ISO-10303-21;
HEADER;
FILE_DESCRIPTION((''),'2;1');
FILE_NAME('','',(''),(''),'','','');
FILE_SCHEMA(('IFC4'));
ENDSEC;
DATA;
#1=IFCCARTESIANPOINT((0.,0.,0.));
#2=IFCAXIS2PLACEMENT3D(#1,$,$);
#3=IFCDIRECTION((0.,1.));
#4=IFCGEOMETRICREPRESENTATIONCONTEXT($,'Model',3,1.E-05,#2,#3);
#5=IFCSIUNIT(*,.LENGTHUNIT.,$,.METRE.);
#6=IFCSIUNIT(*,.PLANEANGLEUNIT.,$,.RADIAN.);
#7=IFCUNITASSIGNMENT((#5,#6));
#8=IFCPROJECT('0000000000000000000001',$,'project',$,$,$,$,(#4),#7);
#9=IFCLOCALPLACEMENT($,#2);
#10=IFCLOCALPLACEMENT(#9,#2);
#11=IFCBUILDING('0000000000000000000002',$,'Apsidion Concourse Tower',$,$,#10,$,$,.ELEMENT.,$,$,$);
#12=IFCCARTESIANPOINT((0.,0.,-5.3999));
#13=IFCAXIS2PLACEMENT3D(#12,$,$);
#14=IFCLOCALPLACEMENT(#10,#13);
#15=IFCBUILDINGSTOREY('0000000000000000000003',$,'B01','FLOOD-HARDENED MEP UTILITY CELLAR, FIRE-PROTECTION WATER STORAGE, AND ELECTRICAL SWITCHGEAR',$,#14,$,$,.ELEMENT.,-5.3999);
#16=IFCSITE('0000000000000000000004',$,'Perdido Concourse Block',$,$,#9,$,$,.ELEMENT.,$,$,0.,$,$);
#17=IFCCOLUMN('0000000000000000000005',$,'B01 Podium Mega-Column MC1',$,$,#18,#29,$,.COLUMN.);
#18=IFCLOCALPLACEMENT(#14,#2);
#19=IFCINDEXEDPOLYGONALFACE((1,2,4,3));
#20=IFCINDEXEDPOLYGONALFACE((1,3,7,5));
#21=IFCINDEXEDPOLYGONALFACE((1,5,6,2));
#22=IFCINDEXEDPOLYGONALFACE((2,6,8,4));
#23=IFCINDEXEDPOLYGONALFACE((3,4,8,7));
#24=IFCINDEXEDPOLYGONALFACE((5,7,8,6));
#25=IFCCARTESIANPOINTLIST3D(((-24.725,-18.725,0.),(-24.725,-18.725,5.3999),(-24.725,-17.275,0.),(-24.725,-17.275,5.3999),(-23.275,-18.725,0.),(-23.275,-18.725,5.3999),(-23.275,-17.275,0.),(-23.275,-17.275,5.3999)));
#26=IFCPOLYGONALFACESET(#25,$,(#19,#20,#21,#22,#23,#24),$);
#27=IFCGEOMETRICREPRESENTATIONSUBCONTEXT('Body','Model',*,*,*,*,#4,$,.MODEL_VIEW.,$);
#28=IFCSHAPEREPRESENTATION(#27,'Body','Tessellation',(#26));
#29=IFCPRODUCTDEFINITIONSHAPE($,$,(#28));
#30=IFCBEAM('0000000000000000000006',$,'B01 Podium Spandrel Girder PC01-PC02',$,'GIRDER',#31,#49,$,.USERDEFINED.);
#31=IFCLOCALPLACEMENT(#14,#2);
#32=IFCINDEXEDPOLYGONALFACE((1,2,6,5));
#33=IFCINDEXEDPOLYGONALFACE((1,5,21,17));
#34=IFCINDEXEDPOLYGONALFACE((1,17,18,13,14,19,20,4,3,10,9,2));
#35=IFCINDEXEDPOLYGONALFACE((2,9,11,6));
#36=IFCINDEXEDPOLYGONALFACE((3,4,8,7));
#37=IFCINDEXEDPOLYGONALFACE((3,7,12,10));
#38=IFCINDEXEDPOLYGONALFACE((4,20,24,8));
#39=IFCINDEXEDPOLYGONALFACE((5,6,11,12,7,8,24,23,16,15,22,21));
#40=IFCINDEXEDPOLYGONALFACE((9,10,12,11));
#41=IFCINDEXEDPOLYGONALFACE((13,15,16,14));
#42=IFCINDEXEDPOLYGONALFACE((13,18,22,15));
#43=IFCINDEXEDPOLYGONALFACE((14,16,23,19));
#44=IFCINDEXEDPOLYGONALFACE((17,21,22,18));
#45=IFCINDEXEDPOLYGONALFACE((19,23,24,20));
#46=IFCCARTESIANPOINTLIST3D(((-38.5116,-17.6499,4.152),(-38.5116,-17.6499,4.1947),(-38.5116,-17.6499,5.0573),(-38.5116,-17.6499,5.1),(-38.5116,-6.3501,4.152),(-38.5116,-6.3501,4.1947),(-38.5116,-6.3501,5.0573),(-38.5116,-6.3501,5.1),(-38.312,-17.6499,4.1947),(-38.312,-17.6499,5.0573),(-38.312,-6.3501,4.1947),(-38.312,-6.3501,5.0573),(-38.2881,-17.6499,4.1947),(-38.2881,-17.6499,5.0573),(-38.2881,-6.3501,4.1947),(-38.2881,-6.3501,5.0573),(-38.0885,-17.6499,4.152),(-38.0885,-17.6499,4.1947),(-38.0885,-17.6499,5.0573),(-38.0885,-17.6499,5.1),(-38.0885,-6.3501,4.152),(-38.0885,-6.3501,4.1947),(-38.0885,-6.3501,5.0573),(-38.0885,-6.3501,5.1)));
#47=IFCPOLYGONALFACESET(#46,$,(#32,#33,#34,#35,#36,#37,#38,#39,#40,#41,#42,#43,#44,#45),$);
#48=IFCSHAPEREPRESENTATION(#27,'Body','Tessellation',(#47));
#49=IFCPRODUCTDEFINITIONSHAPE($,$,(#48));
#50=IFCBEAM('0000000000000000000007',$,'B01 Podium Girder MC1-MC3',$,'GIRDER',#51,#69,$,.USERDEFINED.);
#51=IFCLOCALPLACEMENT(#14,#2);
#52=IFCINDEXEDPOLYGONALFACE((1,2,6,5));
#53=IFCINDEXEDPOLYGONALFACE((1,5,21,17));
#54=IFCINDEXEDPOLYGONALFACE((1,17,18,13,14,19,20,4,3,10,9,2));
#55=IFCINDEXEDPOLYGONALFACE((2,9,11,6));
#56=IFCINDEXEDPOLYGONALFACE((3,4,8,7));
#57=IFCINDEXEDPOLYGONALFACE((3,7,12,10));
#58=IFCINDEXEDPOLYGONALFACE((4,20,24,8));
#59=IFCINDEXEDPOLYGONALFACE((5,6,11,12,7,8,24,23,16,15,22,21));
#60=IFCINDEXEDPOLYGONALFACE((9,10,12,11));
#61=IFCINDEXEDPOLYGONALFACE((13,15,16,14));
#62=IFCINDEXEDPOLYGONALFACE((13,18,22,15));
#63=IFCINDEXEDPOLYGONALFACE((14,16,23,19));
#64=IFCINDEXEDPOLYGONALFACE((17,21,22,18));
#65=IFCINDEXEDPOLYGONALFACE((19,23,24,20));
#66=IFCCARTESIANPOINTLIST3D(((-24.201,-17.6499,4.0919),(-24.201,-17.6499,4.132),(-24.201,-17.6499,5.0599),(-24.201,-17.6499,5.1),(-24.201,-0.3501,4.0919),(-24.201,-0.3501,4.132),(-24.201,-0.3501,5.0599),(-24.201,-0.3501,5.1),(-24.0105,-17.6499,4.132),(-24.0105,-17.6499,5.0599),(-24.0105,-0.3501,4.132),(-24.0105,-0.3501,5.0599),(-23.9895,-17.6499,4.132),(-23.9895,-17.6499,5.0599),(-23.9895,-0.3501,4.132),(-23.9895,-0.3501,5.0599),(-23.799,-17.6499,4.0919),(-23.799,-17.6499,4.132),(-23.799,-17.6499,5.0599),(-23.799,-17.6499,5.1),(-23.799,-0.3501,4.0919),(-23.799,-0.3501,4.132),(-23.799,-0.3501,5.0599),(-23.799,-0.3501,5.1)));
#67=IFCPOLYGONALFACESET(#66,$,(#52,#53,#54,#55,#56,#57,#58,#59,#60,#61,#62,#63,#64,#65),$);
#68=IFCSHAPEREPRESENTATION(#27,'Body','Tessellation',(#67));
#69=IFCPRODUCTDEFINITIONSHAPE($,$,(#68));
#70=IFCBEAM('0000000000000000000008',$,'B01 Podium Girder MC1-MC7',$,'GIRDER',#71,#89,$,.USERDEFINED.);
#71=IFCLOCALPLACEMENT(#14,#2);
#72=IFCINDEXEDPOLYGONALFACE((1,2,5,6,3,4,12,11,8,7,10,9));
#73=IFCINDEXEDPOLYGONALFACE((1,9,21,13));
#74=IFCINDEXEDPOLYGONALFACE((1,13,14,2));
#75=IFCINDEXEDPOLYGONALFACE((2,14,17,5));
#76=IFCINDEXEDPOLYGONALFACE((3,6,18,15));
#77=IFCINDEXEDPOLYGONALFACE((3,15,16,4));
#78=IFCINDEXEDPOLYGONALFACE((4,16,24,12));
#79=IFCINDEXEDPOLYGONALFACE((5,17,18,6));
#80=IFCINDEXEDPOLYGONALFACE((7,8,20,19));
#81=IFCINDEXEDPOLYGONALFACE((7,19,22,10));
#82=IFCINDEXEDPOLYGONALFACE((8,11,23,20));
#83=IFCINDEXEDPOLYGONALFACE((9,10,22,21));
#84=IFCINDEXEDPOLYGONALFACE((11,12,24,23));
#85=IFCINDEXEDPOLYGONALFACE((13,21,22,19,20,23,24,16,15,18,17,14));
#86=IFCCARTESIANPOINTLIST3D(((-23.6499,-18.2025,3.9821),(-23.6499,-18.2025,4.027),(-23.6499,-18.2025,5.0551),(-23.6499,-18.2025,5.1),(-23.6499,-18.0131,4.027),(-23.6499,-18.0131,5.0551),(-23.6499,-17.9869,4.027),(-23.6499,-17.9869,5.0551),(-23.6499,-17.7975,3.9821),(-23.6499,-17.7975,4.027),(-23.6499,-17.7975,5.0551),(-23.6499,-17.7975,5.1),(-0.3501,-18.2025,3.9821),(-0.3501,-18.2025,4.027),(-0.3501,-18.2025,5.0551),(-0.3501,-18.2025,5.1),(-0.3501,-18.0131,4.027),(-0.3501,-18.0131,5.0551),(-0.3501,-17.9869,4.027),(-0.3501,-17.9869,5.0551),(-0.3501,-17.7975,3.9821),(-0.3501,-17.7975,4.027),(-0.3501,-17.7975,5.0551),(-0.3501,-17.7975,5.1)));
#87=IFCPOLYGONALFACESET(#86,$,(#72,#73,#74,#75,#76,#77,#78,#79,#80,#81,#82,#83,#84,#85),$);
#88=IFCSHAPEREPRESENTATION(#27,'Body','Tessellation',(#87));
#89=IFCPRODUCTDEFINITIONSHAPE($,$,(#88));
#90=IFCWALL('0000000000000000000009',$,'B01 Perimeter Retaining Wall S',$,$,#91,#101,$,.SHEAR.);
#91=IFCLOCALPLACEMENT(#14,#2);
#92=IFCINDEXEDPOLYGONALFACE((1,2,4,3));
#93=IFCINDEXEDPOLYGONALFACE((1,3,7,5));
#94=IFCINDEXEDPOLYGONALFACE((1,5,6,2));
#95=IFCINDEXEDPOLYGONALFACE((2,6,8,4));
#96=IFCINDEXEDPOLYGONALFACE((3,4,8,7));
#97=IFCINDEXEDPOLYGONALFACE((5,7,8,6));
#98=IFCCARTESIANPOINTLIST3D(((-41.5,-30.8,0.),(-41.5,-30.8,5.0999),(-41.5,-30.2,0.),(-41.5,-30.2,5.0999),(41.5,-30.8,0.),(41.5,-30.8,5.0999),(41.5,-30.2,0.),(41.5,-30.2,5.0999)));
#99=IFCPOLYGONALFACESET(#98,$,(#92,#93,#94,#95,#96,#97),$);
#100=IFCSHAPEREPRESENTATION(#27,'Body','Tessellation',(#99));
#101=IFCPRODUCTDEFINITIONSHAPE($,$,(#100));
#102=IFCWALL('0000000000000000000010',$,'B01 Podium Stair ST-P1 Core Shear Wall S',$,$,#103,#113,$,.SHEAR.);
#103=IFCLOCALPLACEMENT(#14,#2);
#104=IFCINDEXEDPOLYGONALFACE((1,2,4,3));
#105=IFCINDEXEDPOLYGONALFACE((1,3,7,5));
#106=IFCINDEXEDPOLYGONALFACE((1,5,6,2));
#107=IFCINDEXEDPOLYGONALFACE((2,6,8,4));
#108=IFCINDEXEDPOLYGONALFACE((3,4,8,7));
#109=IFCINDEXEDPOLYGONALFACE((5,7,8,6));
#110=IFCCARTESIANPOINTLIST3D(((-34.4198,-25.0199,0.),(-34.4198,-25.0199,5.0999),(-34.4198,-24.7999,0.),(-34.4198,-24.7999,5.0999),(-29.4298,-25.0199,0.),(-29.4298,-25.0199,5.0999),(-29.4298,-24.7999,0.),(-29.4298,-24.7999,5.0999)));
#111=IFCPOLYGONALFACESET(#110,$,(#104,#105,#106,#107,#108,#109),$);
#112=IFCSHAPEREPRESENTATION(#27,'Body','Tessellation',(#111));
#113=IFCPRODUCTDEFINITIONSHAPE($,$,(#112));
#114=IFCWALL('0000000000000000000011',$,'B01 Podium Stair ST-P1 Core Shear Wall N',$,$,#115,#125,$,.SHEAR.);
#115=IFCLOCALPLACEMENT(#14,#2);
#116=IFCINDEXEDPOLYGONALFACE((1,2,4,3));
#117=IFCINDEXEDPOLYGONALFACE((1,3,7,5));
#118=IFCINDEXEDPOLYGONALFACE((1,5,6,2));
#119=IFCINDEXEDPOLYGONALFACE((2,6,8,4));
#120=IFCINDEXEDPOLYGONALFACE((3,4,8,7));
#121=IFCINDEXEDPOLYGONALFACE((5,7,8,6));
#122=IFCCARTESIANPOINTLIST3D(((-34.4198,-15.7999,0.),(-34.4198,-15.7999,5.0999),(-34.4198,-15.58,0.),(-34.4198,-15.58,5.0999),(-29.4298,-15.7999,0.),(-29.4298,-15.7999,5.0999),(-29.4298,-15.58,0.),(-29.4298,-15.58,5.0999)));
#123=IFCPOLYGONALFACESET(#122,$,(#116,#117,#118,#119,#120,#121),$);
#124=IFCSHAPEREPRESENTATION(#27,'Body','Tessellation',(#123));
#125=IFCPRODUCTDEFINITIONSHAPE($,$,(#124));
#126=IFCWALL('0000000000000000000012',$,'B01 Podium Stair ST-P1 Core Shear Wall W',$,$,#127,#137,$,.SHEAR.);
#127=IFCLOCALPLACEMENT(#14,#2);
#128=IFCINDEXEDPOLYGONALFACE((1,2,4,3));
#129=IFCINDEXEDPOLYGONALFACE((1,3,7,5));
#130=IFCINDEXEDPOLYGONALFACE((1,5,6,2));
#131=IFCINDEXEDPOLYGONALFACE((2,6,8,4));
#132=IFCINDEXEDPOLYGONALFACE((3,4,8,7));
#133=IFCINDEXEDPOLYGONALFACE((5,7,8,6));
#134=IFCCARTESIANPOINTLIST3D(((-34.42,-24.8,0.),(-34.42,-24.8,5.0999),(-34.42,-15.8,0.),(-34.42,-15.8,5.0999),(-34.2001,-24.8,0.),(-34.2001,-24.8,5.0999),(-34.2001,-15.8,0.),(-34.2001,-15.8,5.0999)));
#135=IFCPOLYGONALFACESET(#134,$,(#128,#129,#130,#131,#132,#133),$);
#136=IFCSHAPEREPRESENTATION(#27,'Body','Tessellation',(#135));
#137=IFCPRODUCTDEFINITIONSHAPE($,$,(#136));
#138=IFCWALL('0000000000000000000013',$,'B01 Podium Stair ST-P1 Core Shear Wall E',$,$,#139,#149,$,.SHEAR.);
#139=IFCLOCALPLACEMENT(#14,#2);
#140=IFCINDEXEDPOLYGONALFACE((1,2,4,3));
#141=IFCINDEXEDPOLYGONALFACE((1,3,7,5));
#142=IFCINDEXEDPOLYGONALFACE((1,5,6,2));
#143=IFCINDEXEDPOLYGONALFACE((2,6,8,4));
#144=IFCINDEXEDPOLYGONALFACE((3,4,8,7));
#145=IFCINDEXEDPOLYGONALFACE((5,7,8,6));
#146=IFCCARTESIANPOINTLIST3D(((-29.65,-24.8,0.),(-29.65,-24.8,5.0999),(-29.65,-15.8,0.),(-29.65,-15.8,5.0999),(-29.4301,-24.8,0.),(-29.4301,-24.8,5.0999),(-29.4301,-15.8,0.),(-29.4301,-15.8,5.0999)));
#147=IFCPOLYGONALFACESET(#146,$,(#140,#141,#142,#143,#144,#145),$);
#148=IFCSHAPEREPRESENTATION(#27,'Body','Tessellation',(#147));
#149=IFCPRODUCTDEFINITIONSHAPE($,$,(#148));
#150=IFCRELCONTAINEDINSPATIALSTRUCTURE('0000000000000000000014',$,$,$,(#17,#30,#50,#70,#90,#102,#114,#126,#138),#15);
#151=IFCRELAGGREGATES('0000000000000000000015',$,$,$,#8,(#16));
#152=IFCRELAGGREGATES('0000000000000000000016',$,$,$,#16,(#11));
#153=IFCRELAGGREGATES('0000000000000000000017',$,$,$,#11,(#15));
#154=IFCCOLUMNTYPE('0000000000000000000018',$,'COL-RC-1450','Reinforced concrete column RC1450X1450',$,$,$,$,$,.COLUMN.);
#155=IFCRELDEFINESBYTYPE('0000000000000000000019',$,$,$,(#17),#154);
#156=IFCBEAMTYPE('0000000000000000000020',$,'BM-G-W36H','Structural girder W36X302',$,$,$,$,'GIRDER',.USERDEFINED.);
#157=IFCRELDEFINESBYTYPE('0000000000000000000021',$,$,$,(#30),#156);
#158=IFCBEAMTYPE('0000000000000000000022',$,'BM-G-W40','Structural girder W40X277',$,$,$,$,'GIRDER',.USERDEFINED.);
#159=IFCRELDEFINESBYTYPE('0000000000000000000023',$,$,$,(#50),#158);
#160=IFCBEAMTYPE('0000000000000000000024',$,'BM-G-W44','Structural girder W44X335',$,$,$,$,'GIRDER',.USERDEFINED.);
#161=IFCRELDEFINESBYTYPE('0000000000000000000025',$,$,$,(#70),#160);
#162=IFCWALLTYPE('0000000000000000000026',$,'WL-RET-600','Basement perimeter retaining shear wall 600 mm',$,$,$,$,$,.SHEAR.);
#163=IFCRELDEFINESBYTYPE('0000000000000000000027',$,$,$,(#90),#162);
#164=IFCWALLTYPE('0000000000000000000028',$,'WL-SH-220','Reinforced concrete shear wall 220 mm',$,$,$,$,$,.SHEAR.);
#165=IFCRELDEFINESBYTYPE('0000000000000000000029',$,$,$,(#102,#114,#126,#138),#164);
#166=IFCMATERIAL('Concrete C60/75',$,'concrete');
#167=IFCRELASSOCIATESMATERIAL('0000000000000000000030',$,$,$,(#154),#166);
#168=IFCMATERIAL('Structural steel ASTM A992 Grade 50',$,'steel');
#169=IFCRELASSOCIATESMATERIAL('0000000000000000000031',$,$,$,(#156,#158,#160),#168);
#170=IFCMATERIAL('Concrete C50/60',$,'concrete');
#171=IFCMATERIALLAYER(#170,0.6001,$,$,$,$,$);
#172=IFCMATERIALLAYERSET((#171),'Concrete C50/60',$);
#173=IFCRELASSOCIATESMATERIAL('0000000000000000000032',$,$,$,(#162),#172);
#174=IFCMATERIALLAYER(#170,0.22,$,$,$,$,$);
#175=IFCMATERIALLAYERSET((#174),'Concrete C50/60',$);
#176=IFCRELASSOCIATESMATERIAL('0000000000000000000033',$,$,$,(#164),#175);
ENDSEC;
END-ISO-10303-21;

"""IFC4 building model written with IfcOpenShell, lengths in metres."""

from ifc_helpers import new_model, si_unit, direction, frame, frame_2d, origin, origin_2d, place, context, subcontext, project, spatial, rectangle, i_section, extrude, material, layer, layer_set, material_profile, profile_set, type_object, element, save


model = new_model("IFC4")

# Units and contexts
model_context = context("Model", 3, precision=1e-05, world=origin(), true_north=direction((0.0, 1.0)))
body_context = subcontext(model_context, "Body", "Model", "MODEL_VIEW")
ifc_project = project(units=[si_unit("LENGTHUNIT", "METRE"), si_unit("PLANEANGLEUNIT", "RADIAN")], contexts=[model_context])

# Site, building, storey
site_placement = place(None, origin())
site = spatial("IfcSite", under=ifc_project, at=site_placement, Name="Perdido Concourse Block", CompositionType="ELEMENT", RefElevation=0.0)
building_placement = place(site_placement, origin())
building = spatial("IfcBuilding", under=site, at=building_placement, Name="Apsidion Concourse Tower", CompositionType="ELEMENT")
storey_placement = place(building_placement, frame((0.0, 0.0, -5.3999)))
storey = spatial("IfcBuildingStorey", under=building, at=storey_placement, Name="B01", Description="FLOOD-HARDENED MEP UTILITY CELLAR, FIRE-PROTECTION WATER STORAGE, AND ELECTRICAL SWITCHGEAR", CompositionType="ELEMENT", Elevation=-5.3999)

# Shared definitions
ifc_material_1 = material(Name="Concrete C50/60", Category="concrete")

# Column
ifc_material_2 = material(Name="Concrete C60/75", Category="concrete")
ifc_material_profile_1 = material_profile(ifc_material_2, rectangle(XDim=1.45, YDim=1.45, at=origin_2d()), Name="RC 1450x1450")
ifc_profile_set_1 = profile_set([ifc_material_profile_1], Name="Concrete C60/75")
column_type_1 = type_object("IfcColumnType", Name="COL-RC-1450", Description="Reinforced concrete column RC1450X1450", PredefinedType="COLUMN", material=ifc_profile_set_1)
column_placement = place(storey_placement, frame((-24.0, -18.0, 0.0), z_axis=(0.0, 0.0, 1.0), x_axis=(1.0, 0.0, 0.0)))
element("IfcColumn", 1, at=column_placement, inside=storey, type_object=column_type_1, Name="B01 Podium Mega-Column MC1", PredefinedType="COLUMN", context=body_context, shape_type="SweptSolid", body=[
    extrude(rectangle(XDim=1.45, YDim=1.45, at=origin_2d()), origin(), (0.0, 0.0, 1.0), 5.3999),
])

# Beams
ifc_material_3 = material(Name="Structural steel ASTM A992 Grade 50", Category="steel")
ifc_material_profile_2 = material_profile(ifc_material_3, i_section(OverallWidth=0.4231, OverallDepth=0.948, WebThickness=0.0239, FlangeThickness=0.0427, at=origin_2d()), Name="W36X302")
ifc_profile_set_2 = profile_set([ifc_material_profile_2], Name="Structural steel ASTM A992 Grade 50")
beam_type_1 = type_object("IfcBeamType", Name="BM-G-W36H", Description="Structural girder W36X302", ElementType="GIRDER", PredefinedType="USERDEFINED", material=ifc_profile_set_2)
beam_1_placement = place(storey_placement, frame((-38.3, -17.6499, 4.626), z_axis=(0.0, 1.0, 0.0), x_axis=(-1.0, 0.0, 0.0)))
element("IfcBeam", 2, at=beam_1_placement, inside=storey, type_object=beam_type_1, Name="B01 Podium Spandrel Girder PC01-PC02", ObjectType="GIRDER", PredefinedType="USERDEFINED", context=body_context, shape_type="SweptSolid", body=[
    extrude(i_section(OverallWidth=0.4231, OverallDepth=0.948, WebThickness=0.0239, FlangeThickness=0.0427, at=origin_2d()), origin(), (0.0, 0.0, 1.0), 11.2998),
])
ifc_material_profile_3 = material_profile(ifc_material_3, i_section(OverallWidth=0.4021, OverallDepth=1.0081, WebThickness=0.021, FlangeThickness=0.04, at=origin_2d()), Name="W40X277")
ifc_profile_set_3 = profile_set([ifc_material_profile_3], Name="Structural steel ASTM A992 Grade 50")
beam_type_2 = type_object("IfcBeamType", Name="BM-G-W40", Description="Structural girder W40X277", ElementType="GIRDER", PredefinedType="USERDEFINED", material=ifc_profile_set_3)
beam_2_placement = place(storey_placement, frame((-24.0, -17.6499, 4.5959), z_axis=(0.0, 1.0, 0.0), x_axis=(-1.0, 0.0, 0.0)))
element("IfcBeam", 3, at=beam_2_placement, inside=storey, type_object=beam_type_2, Name="B01 Podium Girder MC1-MC3", ObjectType="GIRDER", PredefinedType="USERDEFINED", context=body_context, shape_type="SweptSolid", body=[
    extrude(i_section(OverallWidth=0.4021, OverallDepth=1.0081, WebThickness=0.021, FlangeThickness=0.04, at=origin_2d()), origin(), (0.0, 0.0, 1.0), 17.2998),
])
ifc_material_profile_4 = material_profile(ifc_material_3, i_section(OverallWidth=0.405, OverallDepth=1.1179, WebThickness=0.0261, FlangeThickness=0.0449, at=origin_2d()), Name="W44X335")
ifc_profile_set_4 = profile_set([ifc_material_profile_4], Name="Structural steel ASTM A992 Grade 50")
beam_type_3 = type_object("IfcBeamType", Name="BM-G-W44", Description="Structural girder W44X335", ElementType="GIRDER", PredefinedType="USERDEFINED", material=ifc_profile_set_4)
beam_3_placement = place(storey_placement, frame((-23.6499, -18.0, 4.541), z_axis=(1.0, 0.0, 0.0), x_axis=(0.0, 1.0, 0.0)))
element("IfcBeam", 4, at=beam_3_placement, inside=storey, type_object=beam_type_3, Name="B01 Podium Girder MC1-MC7", ObjectType="GIRDER", PredefinedType="USERDEFINED", context=body_context, shape_type="SweptSolid", body=[
    extrude(i_section(OverallWidth=0.405, OverallDepth=1.1179, WebThickness=0.0261, FlangeThickness=0.0449, at=origin_2d()), origin(), (0.0, 0.0, 1.0), 23.2998),
])

# Walls
ifc_layer_1 = layer(ifc_material_1, 0.6001)
ifc_layer_set_1 = layer_set([ifc_layer_1], Name="Concrete C50/60")
wall_type_1 = type_object("IfcWallType", Name="WL-RET-600", Description="Basement perimeter retaining shear wall 600 mm", PredefinedType="SHEAR", material=ifc_layer_set_1)
wall_placement = place(storey_placement, frame((-41.5, -30.5, 0.0), z_axis=(0.0, 0.0, 1.0), x_axis=(1.0, 0.0, 0.0)))
element("IfcWall", 5, at=wall_placement, inside=storey, type_object=wall_type_1, Name="B01 Perimeter Retaining Wall S", PredefinedType="SHEAR", context=body_context, shape_type="SweptSolid", body=[
    extrude(rectangle(XDim=83.0, YDim=0.6001, at=frame_2d((41.5, 0.0))), origin(), (0.0, 0.0, 1.0), 5.0999),
])
ifc_layer_2 = layer(ifc_material_1, 0.22)
ifc_layer_set_2 = layer_set([ifc_layer_2], Name="Concrete C50/60")
wall_type_2 = type_object("IfcWallType", Name="WL-SH-220", Description="Reinforced concrete shear wall 220 mm", PredefinedType="SHEAR", material=ifc_layer_set_2)
for number, where, z_axis, x_axis, name in (
    (6, (-34.4199, -24.9099, 0.0), (0.0, 0.0, 1.0), (1.0, 0.0, 0.0), "B01 Podium Stair ST-P1 Core Shear Wall S"),
    (7, (-34.4199, -15.6899, 0.0), (0.0, 0.0, 1.0), (1.0, 0.0, 0.0), "B01 Podium Stair ST-P1 Core Shear Wall N"),
):
    element("IfcWall", number, at=place(storey_placement, frame(where, z_axis=z_axis, x_axis=x_axis)), inside=storey, type_object=wall_type_2, Name=name, PredefinedType="SHEAR", context=body_context, shape_type="SweptSolid", body=[
        extrude(rectangle(XDim=4.99, YDim=0.22, at=frame_2d((2.4951, 0.0))), origin(), (0.0, 0.0, 1.0), 5.0999),
    ])
for number, where, z_axis, x_axis, name in (
    (8, (-34.3101, -24.8, 0.0), (0.0, 0.0, 1.0), (0.0, 1.0, 0.0), "B01 Podium Stair ST-P1 Core Shear Wall W"),
    (9, (-29.54, -24.8, 0.0), (0.0, 0.0, 1.0), (0.0, 1.0, 0.0), "B01 Podium Stair ST-P1 Core Shear Wall E"),
):
    element("IfcWall", number, at=place(storey_placement, frame(where, z_axis=z_axis, x_axis=x_axis)), inside=storey, type_object=wall_type_2, Name=name, PredefinedType="SHEAR", context=body_context, shape_type="SweptSolid", body=[
        extrude(rectangle(XDim=9.0, YDim=0.22, at=frame_2d((4.5, 0.0))), origin(), (0.0, 0.0, 1.0), 5.0999),
    ])

save(model, "model.ifc")
